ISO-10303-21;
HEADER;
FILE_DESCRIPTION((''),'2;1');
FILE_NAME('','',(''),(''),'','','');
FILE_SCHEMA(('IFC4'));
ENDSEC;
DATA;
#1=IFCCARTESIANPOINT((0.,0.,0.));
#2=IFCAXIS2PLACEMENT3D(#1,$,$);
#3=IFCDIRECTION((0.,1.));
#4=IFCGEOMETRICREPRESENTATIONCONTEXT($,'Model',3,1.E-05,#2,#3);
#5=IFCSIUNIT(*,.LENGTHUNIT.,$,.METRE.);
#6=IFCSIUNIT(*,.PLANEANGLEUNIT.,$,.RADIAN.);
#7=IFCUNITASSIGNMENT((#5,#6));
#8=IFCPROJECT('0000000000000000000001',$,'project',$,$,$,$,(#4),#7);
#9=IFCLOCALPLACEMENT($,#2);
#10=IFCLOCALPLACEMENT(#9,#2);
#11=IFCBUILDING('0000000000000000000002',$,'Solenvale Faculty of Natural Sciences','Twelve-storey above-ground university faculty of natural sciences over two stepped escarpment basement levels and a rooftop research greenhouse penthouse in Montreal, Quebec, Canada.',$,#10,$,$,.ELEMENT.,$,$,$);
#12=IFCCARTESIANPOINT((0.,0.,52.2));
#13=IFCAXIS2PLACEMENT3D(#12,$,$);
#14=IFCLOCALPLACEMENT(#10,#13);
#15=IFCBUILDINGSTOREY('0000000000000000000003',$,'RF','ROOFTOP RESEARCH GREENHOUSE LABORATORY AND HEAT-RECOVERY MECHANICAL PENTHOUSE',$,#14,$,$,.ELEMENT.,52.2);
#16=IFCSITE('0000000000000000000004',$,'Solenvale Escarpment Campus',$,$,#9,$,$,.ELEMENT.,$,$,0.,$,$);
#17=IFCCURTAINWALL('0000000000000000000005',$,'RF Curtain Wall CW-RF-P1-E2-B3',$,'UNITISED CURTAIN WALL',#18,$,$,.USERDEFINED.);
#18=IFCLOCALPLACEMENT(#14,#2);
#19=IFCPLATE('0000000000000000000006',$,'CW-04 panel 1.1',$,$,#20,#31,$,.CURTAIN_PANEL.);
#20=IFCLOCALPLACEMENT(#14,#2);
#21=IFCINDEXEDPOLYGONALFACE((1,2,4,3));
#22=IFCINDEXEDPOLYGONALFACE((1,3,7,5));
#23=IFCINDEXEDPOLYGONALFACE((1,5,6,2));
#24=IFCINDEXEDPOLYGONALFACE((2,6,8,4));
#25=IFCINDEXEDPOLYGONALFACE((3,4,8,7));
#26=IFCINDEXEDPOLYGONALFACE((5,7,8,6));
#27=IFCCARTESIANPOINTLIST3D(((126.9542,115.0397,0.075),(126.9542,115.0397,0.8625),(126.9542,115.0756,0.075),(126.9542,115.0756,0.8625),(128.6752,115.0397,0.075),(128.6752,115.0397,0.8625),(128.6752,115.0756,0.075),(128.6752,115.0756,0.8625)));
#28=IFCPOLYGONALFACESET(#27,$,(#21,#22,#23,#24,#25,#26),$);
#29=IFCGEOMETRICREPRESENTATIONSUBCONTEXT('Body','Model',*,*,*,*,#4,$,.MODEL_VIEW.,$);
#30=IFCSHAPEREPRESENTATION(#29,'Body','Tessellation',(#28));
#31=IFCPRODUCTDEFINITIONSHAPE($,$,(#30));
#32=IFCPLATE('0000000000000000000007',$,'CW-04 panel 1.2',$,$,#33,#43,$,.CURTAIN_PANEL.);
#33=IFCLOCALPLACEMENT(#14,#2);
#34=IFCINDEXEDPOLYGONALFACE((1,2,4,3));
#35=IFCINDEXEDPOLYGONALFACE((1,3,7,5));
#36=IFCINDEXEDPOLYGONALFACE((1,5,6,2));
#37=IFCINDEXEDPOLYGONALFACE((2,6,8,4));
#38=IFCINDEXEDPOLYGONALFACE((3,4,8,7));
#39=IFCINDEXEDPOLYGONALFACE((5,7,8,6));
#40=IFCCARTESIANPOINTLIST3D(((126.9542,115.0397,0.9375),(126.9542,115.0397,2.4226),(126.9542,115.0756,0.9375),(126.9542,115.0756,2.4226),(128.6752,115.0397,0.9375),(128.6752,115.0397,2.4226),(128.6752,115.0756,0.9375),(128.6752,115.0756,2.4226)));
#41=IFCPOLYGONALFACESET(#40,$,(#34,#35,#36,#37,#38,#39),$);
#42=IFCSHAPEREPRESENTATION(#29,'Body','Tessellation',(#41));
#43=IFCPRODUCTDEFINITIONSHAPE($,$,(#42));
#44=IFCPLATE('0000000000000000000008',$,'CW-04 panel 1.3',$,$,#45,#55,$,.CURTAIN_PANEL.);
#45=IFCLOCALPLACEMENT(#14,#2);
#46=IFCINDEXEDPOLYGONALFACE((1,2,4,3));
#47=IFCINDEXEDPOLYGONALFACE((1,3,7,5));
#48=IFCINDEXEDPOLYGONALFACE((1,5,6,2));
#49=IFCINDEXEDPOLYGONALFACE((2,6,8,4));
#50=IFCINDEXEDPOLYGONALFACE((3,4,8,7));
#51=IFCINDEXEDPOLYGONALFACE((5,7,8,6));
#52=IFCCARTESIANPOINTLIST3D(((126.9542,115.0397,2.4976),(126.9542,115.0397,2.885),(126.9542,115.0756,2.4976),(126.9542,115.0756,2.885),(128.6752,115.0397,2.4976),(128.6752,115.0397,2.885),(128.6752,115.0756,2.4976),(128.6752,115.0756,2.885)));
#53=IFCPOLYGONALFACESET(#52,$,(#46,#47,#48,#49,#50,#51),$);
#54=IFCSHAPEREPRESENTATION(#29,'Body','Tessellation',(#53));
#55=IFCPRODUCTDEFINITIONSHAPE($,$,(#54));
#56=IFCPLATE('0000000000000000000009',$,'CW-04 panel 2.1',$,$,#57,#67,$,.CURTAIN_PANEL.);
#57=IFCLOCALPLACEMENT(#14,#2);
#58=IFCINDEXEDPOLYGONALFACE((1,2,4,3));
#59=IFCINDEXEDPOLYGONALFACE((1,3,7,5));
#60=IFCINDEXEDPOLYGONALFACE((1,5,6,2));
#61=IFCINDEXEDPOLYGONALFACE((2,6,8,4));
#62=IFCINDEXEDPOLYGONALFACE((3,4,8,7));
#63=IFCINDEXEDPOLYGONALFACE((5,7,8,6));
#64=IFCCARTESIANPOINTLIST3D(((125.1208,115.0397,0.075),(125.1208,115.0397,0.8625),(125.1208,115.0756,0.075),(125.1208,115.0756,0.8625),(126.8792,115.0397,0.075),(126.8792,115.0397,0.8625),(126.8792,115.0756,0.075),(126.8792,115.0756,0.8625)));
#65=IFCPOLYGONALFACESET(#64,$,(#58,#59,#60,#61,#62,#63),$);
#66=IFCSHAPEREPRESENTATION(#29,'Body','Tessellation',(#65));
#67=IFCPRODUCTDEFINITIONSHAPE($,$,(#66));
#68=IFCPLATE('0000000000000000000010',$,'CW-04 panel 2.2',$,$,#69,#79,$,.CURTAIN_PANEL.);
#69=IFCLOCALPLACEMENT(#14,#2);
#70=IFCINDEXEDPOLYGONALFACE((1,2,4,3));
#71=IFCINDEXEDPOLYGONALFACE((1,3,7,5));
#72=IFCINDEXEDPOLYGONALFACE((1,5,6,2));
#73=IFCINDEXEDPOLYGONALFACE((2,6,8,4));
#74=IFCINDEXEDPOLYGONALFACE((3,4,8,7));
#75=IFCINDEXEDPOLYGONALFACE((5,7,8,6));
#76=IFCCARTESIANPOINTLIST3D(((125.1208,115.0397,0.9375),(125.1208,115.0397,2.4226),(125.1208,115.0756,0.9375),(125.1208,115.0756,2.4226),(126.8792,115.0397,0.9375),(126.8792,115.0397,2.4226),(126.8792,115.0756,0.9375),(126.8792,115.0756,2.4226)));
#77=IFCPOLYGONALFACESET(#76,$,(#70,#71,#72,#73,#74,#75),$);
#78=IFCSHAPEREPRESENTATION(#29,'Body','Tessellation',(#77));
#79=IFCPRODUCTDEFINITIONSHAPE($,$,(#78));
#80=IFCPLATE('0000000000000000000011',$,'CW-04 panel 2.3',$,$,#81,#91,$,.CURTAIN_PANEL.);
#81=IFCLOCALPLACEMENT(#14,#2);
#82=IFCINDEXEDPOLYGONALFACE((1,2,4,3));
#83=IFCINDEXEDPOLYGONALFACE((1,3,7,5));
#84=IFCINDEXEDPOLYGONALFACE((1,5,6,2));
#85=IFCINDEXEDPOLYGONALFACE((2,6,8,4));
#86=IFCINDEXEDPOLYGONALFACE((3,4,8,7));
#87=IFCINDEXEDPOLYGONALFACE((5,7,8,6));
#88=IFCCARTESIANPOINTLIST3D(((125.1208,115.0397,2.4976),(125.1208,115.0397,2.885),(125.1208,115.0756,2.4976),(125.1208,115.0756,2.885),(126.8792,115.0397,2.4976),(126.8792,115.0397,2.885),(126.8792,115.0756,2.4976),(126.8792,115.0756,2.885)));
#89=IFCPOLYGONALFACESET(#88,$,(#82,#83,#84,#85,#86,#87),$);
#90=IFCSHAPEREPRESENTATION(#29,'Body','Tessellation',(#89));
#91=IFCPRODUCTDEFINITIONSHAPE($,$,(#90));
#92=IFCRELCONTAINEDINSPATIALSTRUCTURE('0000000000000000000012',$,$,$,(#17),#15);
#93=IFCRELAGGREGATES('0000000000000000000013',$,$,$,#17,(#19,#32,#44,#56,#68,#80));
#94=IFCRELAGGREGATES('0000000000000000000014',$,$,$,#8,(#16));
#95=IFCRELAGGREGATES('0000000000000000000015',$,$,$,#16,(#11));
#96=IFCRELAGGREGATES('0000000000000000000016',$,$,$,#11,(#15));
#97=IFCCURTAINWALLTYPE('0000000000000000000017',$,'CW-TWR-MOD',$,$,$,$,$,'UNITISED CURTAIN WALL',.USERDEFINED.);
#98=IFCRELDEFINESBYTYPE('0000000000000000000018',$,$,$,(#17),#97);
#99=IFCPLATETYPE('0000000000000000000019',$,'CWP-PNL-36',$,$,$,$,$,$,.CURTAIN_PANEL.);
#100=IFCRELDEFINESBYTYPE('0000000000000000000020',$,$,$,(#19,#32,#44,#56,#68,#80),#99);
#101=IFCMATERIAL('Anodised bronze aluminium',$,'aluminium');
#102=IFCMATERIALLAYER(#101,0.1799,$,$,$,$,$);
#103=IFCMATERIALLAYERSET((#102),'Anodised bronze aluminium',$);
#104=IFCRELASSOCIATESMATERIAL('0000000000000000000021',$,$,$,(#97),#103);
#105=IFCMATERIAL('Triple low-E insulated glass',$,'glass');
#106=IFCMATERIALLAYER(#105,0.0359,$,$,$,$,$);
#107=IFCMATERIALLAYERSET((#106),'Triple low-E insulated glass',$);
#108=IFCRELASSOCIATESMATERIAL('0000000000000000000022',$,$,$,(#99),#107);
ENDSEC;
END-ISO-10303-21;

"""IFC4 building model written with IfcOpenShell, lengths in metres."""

from ifc_helpers import new_model, si_unit, direction, frame, origin, origin_2d, place, context, subcontext, project, spatial, rectangle, extrude, material, layer, layer_set, type_object, element, aggregate, save


model = new_model("IFC4")

# Units and contexts
model_context = context("Model", 3, precision=1e-05, world=origin(), true_north=direction((0.0, 1.0)))
body_context = subcontext(model_context, "Body", "Model", "MODEL_VIEW")
ifc_project = project(units=[si_unit("LENGTHUNIT", "METRE"), si_unit("PLANEANGLEUNIT", "RADIAN")], contexts=[model_context])

# Site, building, storey
site_placement = place(None, origin())
site = spatial("IfcSite", under=ifc_project, at=site_placement, Name="Solenvale Escarpment Campus", CompositionType="ELEMENT", RefElevation=0.0)
building_placement = place(site_placement, origin())
building = spatial("IfcBuilding", under=site, at=building_placement, Name="Solenvale Faculty of Natural Sciences", Description="Twelve-storey above-ground university faculty of natural sciences over two stepped escarpment basement levels and a rooftop research greenhouse penthouse in Montreal, Quebec, Canada.", CompositionType="ELEMENT")
storey_placement = place(building_placement, frame((0.0, 0.0, 52.2)))
storey = spatial("IfcBuildingStorey", under=building, at=storey_placement, Name="RF", Description="ROOFTOP RESEARCH GREENHOUSE LABORATORY AND HEAT-RECOVERY MECHANICAL PENTHOUSE", CompositionType="ELEMENT", Elevation=52.2)

# Curtain wall, plates
ifc_material_1 = material(Name="Anodised bronze aluminium", Category="aluminium")
ifc_layer_1 = layer(ifc_material_1, 0.1799)
ifc_layer_set_1 = layer_set([ifc_layer_1], Name="Anodised bronze aluminium")
curtain_wall_type = type_object("IfcCurtainWallType", Name="CW-TWR-MOD", ElementType="UNITISED CURTAIN WALL", PredefinedType="USERDEFINED", material=ifc_layer_set_1)
curtain_wall_placement = place(storey_placement, origin())
curtain_wall = element("IfcCurtainWall", 1, at=curtain_wall_placement, inside=storey, type_object=curtain_wall_type, Name="RF Curtain Wall CW-RF-P1-E2-B3", ObjectType="UNITISED CURTAIN WALL", PredefinedType="USERDEFINED")
ifc_material_2 = material(Name="Triple low-E insulated glass", Category="glass")
ifc_layer_2 = layer(ifc_material_2, 0.0359)
ifc_layer_set_2 = layer_set([ifc_layer_2], Name="Triple low-E insulated glass")
plate_type = type_object("IfcPlateType", Name="CWP-PNL-36", PredefinedType="CURTAIN_PANEL", material=ifc_layer_set_2)
plate_1_placement = place(storey_placement, frame((127.8147, 115.0576, 0.075), z_axis=(0.0, 0.0, 1.0), x_axis=(-1.0, 0.0, 0.0)))
plate_1 = element("IfcPlate", 2, at=plate_1_placement, type_object=plate_type, Name="CW-04 panel 1.1", PredefinedType="CURTAIN_PANEL", context=body_context, shape_type="SweptSolid", body=[
    extrude(rectangle(XDim=1.7209, YDim=0.0359, at=origin_2d()), origin(), (0.0, 0.0, 1.0), 0.7876),
])
plate_2_placement = place(storey_placement, frame((127.8147, 115.0576, 0.9375), z_axis=(0.0, 0.0, 1.0), x_axis=(-1.0, 0.0, 0.0)))
plate_2 = element("IfcPlate", 3, at=plate_2_placement, type_object=plate_type, Name="CW-04 panel 1.2", PredefinedType="CURTAIN_PANEL", context=body_context, shape_type="SweptSolid", body=[
    extrude(rectangle(XDim=1.7209, YDim=0.0359, at=origin_2d()), origin(), (0.0, 0.0, 1.0), 1.4851),
])
plate_3_placement = place(storey_placement, frame((127.8147, 115.0576, 2.4976), z_axis=(0.0, 0.0, 1.0), x_axis=(-1.0, 0.0, 0.0)))
plate_3 = element("IfcPlate", 4, at=plate_3_placement, type_object=plate_type, Name="CW-04 panel 1.3", PredefinedType="CURTAIN_PANEL", context=body_context, shape_type="SweptSolid", body=[
    extrude(rectangle(XDim=1.7209, YDim=0.0359, at=origin_2d()), origin(), (0.0, 0.0, 1.0), 0.3875),
])
plate_4_placement = place(storey_placement, frame((126.0, 115.0576, 0.075), z_axis=(0.0, 0.0, 1.0), x_axis=(-1.0, 0.0, 0.0)))
plate_4 = element("IfcPlate", 5, at=plate_4_placement, type_object=plate_type, Name="CW-04 panel 2.1", PredefinedType="CURTAIN_PANEL", context=body_context, shape_type="SweptSolid", body=[
    extrude(rectangle(XDim=1.7583, YDim=0.0359, at=origin_2d()), origin(), (0.0, 0.0, 1.0), 0.7876),
])
plate_5_placement = place(storey_placement, frame((126.0, 115.0576, 0.9375), z_axis=(0.0, 0.0, 1.0), x_axis=(-1.0, 0.0, 0.0)))
plate_5 = element("IfcPlate", 6, at=plate_5_placement, type_object=plate_type, Name="CW-04 panel 2.2", PredefinedType="CURTAIN_PANEL", context=body_context, shape_type="SweptSolid", body=[
    extrude(rectangle(XDim=1.7583, YDim=0.0359, at=origin_2d()), origin(), (0.0, 0.0, 1.0), 1.4851),
])
plate_6_placement = place(storey_placement, frame((126.0, 115.0576, 2.4976), z_axis=(0.0, 0.0, 1.0), x_axis=(-1.0, 0.0, 0.0)))
plate_6 = element("IfcPlate", 7, at=plate_6_placement, type_object=plate_type, Name="CW-04 panel 2.3", PredefinedType="CURTAIN_PANEL", context=body_context, shape_type="SweptSolid", body=[
    extrude(rectangle(XDim=1.7583, YDim=0.0359, at=origin_2d()), origin(), (0.0, 0.0, 1.0), 0.3875),
])
aggregate(curtain_wall, [plate_1, plate_2, plate_3, plate_4, plate_5, plate_6])

save(model, "model.ifc")
